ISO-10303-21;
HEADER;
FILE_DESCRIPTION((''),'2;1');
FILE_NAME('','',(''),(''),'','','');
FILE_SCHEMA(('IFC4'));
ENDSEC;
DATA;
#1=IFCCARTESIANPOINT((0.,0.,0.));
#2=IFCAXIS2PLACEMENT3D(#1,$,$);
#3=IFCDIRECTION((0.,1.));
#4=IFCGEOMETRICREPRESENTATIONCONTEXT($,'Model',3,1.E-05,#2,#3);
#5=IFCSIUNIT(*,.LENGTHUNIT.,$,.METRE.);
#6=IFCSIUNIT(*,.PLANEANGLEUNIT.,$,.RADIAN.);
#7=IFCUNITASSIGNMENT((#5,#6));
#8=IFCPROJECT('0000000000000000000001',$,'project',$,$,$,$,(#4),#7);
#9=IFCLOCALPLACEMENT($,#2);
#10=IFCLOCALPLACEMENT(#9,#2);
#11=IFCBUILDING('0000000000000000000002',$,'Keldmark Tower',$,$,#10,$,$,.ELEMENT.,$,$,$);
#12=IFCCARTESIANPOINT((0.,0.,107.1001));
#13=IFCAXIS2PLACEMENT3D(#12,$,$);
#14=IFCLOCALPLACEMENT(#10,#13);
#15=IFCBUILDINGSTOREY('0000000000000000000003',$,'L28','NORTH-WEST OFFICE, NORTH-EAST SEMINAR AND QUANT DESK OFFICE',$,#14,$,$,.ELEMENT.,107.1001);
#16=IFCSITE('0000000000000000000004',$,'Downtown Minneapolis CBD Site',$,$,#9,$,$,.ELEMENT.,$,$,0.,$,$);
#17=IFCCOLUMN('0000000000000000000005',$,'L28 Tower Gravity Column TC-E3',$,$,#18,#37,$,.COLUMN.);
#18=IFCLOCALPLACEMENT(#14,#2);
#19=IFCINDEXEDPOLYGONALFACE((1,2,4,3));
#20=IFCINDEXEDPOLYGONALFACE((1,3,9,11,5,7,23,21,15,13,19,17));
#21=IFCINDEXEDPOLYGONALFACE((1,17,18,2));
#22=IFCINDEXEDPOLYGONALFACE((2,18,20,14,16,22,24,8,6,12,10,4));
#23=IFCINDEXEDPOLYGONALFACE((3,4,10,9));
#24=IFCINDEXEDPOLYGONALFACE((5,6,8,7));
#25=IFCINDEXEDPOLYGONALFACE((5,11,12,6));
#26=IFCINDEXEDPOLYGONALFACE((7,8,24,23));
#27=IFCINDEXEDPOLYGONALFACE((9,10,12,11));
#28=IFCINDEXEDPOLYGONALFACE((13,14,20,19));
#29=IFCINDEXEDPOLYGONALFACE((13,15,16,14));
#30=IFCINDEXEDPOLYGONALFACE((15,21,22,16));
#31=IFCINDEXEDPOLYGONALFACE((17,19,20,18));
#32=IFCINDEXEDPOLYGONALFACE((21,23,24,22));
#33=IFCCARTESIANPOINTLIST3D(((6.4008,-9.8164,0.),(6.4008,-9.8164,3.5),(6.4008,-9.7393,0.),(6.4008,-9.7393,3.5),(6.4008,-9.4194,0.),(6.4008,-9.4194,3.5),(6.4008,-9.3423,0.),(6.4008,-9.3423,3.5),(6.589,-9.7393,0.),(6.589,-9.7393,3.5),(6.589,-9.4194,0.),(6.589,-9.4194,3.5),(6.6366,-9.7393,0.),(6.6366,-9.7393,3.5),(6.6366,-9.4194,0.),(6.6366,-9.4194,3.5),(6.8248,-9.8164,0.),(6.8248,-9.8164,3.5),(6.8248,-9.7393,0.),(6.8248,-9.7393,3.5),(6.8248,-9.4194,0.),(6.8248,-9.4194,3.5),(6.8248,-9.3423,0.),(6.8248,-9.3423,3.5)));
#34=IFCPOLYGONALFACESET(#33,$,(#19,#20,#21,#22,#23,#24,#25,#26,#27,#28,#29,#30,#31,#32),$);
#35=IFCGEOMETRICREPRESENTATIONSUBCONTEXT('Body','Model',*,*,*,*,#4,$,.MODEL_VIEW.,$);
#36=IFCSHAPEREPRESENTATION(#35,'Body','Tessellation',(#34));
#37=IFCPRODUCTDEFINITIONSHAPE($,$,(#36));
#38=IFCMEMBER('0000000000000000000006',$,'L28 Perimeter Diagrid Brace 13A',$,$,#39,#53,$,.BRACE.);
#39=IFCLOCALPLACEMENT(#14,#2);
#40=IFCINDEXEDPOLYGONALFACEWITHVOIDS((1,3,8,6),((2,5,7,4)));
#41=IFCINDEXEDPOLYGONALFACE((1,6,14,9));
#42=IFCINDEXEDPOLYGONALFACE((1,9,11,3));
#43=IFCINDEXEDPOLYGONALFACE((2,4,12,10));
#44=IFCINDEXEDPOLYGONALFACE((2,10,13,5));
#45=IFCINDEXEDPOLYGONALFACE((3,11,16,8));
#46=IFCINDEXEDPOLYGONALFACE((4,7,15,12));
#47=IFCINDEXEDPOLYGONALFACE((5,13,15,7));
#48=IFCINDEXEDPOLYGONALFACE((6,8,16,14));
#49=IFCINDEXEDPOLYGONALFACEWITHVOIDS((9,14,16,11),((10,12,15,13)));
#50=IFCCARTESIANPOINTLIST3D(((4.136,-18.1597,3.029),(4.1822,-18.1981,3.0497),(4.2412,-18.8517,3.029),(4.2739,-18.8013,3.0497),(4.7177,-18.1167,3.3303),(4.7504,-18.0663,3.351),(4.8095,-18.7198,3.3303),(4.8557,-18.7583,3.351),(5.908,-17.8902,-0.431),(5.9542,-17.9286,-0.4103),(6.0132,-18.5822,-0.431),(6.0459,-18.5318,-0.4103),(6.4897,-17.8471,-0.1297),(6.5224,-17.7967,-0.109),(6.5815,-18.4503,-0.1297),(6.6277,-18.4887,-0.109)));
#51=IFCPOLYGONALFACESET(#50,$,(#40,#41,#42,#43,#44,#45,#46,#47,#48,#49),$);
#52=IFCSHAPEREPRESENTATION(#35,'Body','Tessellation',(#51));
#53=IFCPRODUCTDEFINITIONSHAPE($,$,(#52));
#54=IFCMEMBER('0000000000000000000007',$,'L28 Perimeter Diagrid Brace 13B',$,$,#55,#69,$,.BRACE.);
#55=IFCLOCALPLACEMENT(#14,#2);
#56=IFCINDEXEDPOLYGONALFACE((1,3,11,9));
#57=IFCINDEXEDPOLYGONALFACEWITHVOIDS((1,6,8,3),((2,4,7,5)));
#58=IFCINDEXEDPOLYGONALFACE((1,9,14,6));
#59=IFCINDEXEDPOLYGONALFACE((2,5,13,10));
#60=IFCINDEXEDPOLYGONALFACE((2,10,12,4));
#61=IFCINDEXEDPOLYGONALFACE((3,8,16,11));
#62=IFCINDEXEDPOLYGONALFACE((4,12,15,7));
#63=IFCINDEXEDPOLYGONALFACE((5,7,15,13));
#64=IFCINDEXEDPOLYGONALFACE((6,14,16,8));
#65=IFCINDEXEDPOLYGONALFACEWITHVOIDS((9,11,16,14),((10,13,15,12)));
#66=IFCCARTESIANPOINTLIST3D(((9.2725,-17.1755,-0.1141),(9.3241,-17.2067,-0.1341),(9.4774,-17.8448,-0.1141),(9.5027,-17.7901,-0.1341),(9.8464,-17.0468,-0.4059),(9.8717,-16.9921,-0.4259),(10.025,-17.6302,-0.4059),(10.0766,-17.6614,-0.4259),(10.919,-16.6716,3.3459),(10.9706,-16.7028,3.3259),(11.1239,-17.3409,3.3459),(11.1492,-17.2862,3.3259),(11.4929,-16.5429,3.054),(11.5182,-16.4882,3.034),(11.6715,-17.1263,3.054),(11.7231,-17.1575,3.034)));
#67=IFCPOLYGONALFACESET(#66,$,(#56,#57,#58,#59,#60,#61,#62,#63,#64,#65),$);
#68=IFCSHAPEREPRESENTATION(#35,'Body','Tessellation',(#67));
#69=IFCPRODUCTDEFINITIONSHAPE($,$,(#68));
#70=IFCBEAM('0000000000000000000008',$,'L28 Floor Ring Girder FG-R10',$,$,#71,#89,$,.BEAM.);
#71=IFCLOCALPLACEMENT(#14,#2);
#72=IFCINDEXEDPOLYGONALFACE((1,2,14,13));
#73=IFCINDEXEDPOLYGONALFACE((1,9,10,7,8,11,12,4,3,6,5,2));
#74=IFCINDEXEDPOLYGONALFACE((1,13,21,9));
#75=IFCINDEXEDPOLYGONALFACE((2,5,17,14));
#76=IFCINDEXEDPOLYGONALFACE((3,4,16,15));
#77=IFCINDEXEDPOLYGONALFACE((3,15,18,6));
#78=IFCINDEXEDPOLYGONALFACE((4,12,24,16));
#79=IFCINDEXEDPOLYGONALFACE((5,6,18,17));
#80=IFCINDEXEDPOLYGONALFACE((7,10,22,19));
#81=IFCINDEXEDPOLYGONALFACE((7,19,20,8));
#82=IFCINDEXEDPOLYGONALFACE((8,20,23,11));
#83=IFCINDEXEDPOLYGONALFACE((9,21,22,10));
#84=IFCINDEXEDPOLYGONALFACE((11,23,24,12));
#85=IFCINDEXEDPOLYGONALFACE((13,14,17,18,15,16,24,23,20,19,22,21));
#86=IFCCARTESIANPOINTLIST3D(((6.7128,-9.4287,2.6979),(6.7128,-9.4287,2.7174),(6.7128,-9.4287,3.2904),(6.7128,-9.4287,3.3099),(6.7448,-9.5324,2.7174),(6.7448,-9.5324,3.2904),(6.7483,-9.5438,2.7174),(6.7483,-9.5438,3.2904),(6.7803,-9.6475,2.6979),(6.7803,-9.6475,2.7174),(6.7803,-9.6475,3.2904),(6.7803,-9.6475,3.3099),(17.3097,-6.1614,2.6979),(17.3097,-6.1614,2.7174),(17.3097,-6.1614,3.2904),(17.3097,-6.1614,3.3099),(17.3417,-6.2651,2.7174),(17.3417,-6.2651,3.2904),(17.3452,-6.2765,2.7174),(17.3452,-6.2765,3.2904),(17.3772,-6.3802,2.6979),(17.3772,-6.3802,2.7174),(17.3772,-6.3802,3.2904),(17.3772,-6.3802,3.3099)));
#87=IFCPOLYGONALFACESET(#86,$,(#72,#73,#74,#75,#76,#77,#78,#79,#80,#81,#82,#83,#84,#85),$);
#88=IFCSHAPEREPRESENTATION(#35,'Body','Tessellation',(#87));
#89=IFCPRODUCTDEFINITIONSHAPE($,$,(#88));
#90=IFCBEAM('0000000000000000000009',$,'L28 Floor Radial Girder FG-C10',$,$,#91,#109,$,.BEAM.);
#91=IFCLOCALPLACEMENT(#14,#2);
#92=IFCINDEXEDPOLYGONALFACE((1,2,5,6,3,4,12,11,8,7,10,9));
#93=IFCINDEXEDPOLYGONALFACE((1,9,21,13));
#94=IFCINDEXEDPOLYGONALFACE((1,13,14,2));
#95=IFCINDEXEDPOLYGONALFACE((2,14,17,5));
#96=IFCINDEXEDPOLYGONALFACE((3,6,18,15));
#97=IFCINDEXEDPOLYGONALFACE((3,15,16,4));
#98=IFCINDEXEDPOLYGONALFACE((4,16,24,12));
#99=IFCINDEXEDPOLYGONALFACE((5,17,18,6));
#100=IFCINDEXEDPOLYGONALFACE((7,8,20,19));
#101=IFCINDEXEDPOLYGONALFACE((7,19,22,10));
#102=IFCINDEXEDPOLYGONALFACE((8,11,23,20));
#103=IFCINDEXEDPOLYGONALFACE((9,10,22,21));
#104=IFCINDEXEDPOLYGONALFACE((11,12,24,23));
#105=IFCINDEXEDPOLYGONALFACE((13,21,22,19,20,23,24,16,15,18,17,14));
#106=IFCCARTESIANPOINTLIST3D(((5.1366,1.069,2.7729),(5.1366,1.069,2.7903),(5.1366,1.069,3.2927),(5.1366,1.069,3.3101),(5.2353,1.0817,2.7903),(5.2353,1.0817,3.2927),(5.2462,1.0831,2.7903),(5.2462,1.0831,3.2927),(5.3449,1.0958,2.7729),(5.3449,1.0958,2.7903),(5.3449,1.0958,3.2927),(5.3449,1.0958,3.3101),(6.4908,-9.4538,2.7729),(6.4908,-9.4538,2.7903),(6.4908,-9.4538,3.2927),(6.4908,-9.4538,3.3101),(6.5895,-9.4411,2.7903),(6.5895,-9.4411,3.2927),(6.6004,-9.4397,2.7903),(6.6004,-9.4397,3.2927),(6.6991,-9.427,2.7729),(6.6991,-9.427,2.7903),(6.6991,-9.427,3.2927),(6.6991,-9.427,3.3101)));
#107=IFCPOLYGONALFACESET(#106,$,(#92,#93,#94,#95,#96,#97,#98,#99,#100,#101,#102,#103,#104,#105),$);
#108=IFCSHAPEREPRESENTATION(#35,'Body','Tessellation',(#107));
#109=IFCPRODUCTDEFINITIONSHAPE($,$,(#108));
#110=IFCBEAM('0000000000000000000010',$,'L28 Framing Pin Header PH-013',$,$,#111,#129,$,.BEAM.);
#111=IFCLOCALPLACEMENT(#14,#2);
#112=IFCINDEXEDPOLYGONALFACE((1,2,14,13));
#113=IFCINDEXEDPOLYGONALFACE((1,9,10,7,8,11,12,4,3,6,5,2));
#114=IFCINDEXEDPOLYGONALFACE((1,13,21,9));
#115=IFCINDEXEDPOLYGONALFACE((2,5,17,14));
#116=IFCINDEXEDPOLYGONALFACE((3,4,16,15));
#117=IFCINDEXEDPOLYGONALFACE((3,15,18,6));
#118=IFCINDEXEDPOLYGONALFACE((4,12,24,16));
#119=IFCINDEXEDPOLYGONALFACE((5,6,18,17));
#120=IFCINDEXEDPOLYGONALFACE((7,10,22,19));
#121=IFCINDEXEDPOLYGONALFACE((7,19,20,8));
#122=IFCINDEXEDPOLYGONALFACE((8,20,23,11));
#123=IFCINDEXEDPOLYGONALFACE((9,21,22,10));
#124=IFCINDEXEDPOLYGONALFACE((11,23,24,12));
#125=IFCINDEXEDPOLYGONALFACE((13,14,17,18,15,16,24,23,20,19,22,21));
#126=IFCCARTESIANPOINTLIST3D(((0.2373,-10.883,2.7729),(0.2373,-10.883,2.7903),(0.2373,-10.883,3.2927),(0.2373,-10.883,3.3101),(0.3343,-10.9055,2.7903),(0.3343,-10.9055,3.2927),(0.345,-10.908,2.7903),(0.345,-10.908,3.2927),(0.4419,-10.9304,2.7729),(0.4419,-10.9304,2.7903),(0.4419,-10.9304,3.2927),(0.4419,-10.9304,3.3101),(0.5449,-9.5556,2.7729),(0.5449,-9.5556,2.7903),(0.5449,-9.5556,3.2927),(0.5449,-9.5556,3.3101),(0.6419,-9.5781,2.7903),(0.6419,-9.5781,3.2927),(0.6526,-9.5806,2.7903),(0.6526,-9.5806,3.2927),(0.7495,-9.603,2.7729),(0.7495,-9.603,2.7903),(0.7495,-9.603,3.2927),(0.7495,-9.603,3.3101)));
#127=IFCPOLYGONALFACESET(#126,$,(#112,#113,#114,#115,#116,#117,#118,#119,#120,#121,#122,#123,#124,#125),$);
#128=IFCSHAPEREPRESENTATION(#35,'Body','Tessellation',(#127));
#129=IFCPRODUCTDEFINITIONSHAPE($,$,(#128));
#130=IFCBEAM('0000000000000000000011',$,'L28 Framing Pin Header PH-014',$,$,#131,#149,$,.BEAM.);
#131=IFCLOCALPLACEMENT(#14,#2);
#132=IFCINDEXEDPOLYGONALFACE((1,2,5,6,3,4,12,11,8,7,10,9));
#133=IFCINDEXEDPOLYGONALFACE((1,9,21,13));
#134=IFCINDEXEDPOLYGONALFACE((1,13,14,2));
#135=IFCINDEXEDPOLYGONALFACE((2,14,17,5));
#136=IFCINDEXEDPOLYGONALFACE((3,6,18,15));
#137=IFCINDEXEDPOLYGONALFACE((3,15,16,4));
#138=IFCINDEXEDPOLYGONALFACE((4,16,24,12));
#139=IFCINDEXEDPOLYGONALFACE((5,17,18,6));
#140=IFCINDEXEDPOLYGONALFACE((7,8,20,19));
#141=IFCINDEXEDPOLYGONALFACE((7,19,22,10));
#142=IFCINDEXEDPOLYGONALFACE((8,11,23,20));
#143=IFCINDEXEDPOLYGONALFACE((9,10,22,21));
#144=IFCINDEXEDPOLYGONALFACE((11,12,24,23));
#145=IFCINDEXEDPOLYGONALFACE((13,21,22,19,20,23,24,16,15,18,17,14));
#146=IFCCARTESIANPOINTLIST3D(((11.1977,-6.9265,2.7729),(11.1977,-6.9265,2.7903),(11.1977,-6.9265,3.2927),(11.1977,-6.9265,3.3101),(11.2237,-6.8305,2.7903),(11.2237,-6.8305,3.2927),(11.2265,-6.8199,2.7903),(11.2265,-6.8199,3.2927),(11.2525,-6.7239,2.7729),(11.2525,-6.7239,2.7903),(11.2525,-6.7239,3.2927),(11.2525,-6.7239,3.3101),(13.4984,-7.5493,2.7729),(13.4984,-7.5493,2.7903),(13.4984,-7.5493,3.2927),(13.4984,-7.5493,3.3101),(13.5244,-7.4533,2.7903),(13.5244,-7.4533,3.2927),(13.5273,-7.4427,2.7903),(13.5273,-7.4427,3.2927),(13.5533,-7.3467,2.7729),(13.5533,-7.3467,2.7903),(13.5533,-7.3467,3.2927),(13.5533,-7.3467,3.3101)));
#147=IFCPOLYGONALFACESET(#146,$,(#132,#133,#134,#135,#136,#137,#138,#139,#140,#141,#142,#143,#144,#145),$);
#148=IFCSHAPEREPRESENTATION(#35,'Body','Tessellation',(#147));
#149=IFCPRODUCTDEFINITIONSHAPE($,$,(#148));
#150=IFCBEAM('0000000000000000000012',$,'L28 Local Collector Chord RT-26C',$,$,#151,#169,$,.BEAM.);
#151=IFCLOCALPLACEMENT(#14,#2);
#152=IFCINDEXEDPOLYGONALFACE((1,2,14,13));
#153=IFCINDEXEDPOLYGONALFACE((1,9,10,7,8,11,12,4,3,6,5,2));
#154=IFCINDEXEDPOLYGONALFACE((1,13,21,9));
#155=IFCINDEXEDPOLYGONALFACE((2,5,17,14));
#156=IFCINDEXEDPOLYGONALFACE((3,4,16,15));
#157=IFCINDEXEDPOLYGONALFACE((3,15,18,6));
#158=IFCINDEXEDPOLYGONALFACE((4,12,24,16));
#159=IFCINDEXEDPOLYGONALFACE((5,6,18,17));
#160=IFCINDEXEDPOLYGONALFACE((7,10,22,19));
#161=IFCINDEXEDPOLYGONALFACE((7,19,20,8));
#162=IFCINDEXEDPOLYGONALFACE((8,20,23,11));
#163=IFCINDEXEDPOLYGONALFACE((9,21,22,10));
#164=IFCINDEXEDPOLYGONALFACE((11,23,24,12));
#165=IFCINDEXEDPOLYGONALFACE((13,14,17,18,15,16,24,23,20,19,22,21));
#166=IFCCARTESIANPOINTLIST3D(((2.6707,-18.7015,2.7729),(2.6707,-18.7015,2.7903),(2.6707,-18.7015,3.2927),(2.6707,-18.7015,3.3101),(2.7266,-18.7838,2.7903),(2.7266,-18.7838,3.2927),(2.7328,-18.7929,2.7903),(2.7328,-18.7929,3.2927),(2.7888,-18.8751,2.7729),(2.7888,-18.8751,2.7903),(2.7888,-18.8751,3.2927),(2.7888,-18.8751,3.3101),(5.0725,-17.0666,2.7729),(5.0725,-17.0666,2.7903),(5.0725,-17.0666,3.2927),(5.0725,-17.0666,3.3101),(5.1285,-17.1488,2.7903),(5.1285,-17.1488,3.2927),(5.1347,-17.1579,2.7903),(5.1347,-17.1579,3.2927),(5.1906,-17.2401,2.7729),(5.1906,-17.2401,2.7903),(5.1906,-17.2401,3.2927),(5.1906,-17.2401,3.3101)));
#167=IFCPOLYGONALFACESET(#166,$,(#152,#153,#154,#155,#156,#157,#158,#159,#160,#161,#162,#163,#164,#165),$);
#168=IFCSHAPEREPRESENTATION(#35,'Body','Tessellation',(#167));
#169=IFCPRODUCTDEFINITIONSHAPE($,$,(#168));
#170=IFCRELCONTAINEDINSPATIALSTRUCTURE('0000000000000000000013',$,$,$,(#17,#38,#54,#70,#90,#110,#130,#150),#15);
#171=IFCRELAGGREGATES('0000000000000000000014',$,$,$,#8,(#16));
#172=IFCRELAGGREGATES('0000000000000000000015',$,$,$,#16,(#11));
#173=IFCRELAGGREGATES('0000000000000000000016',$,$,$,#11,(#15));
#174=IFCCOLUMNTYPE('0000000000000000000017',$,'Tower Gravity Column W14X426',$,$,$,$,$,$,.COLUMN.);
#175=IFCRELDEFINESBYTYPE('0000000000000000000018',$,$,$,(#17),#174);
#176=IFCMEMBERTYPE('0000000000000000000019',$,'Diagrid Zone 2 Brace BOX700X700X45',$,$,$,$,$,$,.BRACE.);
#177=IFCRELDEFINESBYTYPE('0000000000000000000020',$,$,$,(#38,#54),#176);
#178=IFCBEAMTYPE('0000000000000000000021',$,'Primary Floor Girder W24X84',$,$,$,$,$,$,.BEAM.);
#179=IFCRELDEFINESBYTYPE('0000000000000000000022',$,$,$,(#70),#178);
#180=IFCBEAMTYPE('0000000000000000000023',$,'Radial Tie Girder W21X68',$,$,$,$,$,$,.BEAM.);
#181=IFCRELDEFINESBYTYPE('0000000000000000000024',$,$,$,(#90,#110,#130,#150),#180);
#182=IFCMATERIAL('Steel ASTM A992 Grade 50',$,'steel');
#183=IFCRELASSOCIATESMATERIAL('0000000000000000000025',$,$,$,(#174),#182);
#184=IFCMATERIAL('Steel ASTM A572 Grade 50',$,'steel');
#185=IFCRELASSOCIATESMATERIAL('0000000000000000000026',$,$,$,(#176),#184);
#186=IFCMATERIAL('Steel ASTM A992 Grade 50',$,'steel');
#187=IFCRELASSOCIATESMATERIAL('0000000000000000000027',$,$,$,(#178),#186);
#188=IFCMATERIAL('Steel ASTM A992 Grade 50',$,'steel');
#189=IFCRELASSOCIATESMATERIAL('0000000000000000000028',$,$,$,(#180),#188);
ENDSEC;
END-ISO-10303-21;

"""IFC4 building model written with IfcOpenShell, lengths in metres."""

from ifc_helpers import new_model, si_unit, direction, frame, origin, origin_2d, place, context, subcontext, project, spatial, hollow_rectangle, i_section, extrude, material, material_profile, profile_set, type_object, element, save


model = new_model("IFC4")

# Units and contexts
model_context = context("Model", 3, precision=1e-05, world=origin(), true_north=direction((0.0, 1.0)))
body_context = subcontext(model_context, "Body", "Model", "MODEL_VIEW")
ifc_project = project(units=[si_unit("LENGTHUNIT", "METRE"), si_unit("PLANEANGLEUNIT", "RADIAN")], contexts=[model_context])

# Site, building, storey
site_placement = place(None, origin())
site = spatial("IfcSite", under=ifc_project, at=site_placement, Name="Downtown Minneapolis CBD Site", CompositionType="ELEMENT", RefElevation=0.0)
building_placement = place(site_placement, origin())
building = spatial("IfcBuilding", under=site, at=building_placement, Name="Keldmark Tower", CompositionType="ELEMENT")
storey_placement = place(building_placement, frame((0.0, 0.0, 107.1001)))
storey = spatial("IfcBuildingStorey", under=building, at=storey_placement, Name="L28", Description="NORTH-WEST OFFICE, NORTH-EAST SEMINAR AND QUANT DESK OFFICE", CompositionType="ELEMENT", Elevation=107.1001)

# Column
ifc_material_1 = material(Name="Steel ASTM A992 Grade 50", Category="steel")
ifc_material_profile_1 = material_profile(ifc_material_1, i_section(OverallWidth=0.4241, OverallDepth=0.4741, WebThickness=0.0476, FlangeThickness=0.0771, at=origin_2d()), Name="W14X426")
ifc_profile_set_1 = profile_set([ifc_material_profile_1], Name="Steel ASTM A992 Grade 50")
column_type = type_object("IfcColumnType", Name="Tower Gravity Column W14X426", PredefinedType="COLUMN", material=ifc_profile_set_1)
column_placement = place(storey_placement, frame((6.6128, -9.5793, 0.0), z_axis=(0.0, 0.0, 1.0), x_axis=(1.0, 0.0, 0.0)))
element("IfcColumn", 1, at=column_placement, inside=storey, type_object=column_type, Name="L28 Tower Gravity Column TC-E3", PredefinedType="COLUMN", context=body_context, shape_type="SweptSolid", body=[
    extrude(i_section(OverallWidth=0.4241, OverallDepth=0.4741, WebThickness=0.0476, FlangeThickness=0.0771, at=origin_2d()), origin(), (0.0, 0.0, 1.0), 3.5),
])

# Members
ifc_material_2 = material(Name="Steel ASTM A572 Grade 50", Category="steel")
ifc_material_profile_2 = material_profile(ifc_material_2, hollow_rectangle(XDim=0.7, YDim=0.7, WallThickness=0.0449, at=origin_2d()), Name="BOX700X700X45")
ifc_profile_set_2 = profile_set([ifc_material_profile_2], Name="Steel ASTM A572 Grade 50")
member_type = type_object("IfcMemberType", Name="Diagrid Zone 2 Brace BOX700X700X45", PredefinedType="BRACE", material=ifc_profile_set_2)
member_1_placement = place(storey_placement, frame((6.2678, -18.1895, -0.27), z_axis=(-0.454743, -0.06917, 0.887933), x_axis=(0.150378, -0.988629, 0.0)))
element("IfcMember", 2, at=member_1_placement, inside=storey, type_object=member_type, Name="L28 Perimeter Diagrid Brace 13A", PredefinedType="BRACE", context=body_context, shape_type="SweptSolid", body=[
    extrude(hollow_rectangle(XDim=0.7, YDim=0.7, WallThickness=0.0449, at=origin_2d()), origin(), (0.0, 0.0, 1.0), 3.8967),
])
member_2_placement = place(storey_placement, frame((9.6746, -17.4185, -0.27), z_axis=(0.426028, 0.130386, 0.895265), x_axis=(-0.292651, 0.956219, 0.0)))
element("IfcMember", 3, at=member_2_placement, inside=storey, type_object=member_type, Name="L28 Perimeter Diagrid Brace 13B", PredefinedType="BRACE", context=body_context, shape_type="SweptSolid", body=[
    extrude(hollow_rectangle(XDim=0.7, YDim=0.7, WallThickness=0.0449, at=origin_2d()), origin(), (0.0, 0.0, 1.0), 3.8647),
])

# Beams
ifc_material_3 = material(Name="Steel ASTM A992 Grade 50", Category="steel")
ifc_material_profile_3 = material_profile(ifc_material_3, i_section(OverallWidth=0.229, OverallDepth=0.6121, WebThickness=0.012, FlangeThickness=0.0195, at=origin_2d()), Name="W24X84")
ifc_profile_set_3 = profile_set([ifc_material_profile_3], Name="Steel ASTM A992 Grade 50")
beam_type_1 = type_object("IfcBeamType", Name="Primary Floor Girder W24X84", PredefinedType="BEAM", material=ifc_profile_set_3)
beam_1_placement = place(storey_placement, frame((6.7466, -9.5381, 3.0039), z_axis=(0.955608, 0.294641, 0.0), x_axis=(-0.294641, 0.955608, 0.0)))
element("IfcBeam", 4, at=beam_1_placement, inside=storey, type_object=beam_type_1, Name="L28 Floor Ring Girder FG-R10", PredefinedType="BEAM", context=body_context, shape_type="SweptSolid", body=[
    extrude(i_section(OverallWidth=0.229, OverallDepth=0.6121, WebThickness=0.012, FlangeThickness=0.0195, at=origin_2d()), origin(), (0.0, 0.0, 1.0), 11.0891),
])
ifc_material_4 = material(Name="Steel ASTM A992 Grade 50", Category="steel")
ifc_material_profile_4 = material_profile(ifc_material_4, i_section(OverallWidth=0.21, OverallDepth=0.5371, WebThickness=0.011, FlangeThickness=0.0173, at=origin_2d()), Name="W21X68")
ifc_profile_set_4 = profile_set([ifc_material_profile_4], Name="Steel ASTM A992 Grade 50")
beam_type_2 = type_object("IfcBeamType", Name="Radial Tie Girder W21X68", PredefinedType="BEAM", material=ifc_profile_set_4)
beam_2_placement = place(storey_placement, frame((6.595, -9.4404, 3.0415), z_axis=(-0.127642, 0.99182, 0.0), x_axis=(-0.99182, -0.127642, 0.0)))
element("IfcBeam", 5, at=beam_2_placement, inside=storey, type_object=beam_type_2, Name="L28 Floor Radial Girder FG-C10", PredefinedType="BEAM", context=body_context, shape_type="SweptSolid", body=[
    extrude(i_section(OverallWidth=0.21, OverallDepth=0.5371, WebThickness=0.011, FlangeThickness=0.0173, at=origin_2d()), origin(), (0.0, 0.0, 1.0), 10.6096),
])
beam_3_placement = place(storey_placement, frame((0.6472, -9.5793, 3.0415), z_axis=(-0.225762, -0.974182, 0.0), x_axis=(0.974182, -0.225762, 0.0)))
element("IfcBeam", 6, at=beam_3_placement, inside=storey, type_object=beam_type_2, Name="L28 Framing Pin Header PH-013", PredefinedType="BEAM", context=body_context, shape_type="SweptSolid", body=[
    extrude(i_section(OverallWidth=0.21, OverallDepth=0.5371, WebThickness=0.011, FlangeThickness=0.0173, at=origin_2d()), origin(), (0.0, 0.0, 1.0), 1.3625),
])
beam_4_placement = place(storey_placement, frame((11.2251, -6.8252, 3.0415), z_axis=(0.965261, -0.261288, 0.0), x_axis=(0.261288, 0.965261, 0.0)))
element("IfcBeam", 7, at=beam_4_placement, inside=storey, type_object=beam_type_2, Name="L28 Framing Pin Header PH-014", PredefinedType="BEAM", context=body_context, shape_type="SweptSolid", body=[
    extrude(i_section(OverallWidth=0.21, OverallDepth=0.5371, WebThickness=0.011, FlangeThickness=0.0173, at=origin_2d()), origin(), (0.0, 0.0, 1.0), 2.3835),
])
beam_5_placement = place(storey_placement, frame((2.7297, -18.7883, 3.0415), z_axis=(0.826647, 0.562721, 0.0), x_axis=(-0.562721, 0.826647, 0.0)))
element("IfcBeam", 8, at=beam_5_placement, inside=storey, type_object=beam_type_2, Name="L28 Local Collector Chord RT-26C", PredefinedType="BEAM", context=body_context, shape_type="SweptSolid", body=[
    extrude(i_section(OverallWidth=0.21, OverallDepth=0.5371, WebThickness=0.011, FlangeThickness=0.0173, at=origin_2d()), origin(), (0.0, 0.0, 1.0), 2.9055),
])

save(model, "model.ifc")
